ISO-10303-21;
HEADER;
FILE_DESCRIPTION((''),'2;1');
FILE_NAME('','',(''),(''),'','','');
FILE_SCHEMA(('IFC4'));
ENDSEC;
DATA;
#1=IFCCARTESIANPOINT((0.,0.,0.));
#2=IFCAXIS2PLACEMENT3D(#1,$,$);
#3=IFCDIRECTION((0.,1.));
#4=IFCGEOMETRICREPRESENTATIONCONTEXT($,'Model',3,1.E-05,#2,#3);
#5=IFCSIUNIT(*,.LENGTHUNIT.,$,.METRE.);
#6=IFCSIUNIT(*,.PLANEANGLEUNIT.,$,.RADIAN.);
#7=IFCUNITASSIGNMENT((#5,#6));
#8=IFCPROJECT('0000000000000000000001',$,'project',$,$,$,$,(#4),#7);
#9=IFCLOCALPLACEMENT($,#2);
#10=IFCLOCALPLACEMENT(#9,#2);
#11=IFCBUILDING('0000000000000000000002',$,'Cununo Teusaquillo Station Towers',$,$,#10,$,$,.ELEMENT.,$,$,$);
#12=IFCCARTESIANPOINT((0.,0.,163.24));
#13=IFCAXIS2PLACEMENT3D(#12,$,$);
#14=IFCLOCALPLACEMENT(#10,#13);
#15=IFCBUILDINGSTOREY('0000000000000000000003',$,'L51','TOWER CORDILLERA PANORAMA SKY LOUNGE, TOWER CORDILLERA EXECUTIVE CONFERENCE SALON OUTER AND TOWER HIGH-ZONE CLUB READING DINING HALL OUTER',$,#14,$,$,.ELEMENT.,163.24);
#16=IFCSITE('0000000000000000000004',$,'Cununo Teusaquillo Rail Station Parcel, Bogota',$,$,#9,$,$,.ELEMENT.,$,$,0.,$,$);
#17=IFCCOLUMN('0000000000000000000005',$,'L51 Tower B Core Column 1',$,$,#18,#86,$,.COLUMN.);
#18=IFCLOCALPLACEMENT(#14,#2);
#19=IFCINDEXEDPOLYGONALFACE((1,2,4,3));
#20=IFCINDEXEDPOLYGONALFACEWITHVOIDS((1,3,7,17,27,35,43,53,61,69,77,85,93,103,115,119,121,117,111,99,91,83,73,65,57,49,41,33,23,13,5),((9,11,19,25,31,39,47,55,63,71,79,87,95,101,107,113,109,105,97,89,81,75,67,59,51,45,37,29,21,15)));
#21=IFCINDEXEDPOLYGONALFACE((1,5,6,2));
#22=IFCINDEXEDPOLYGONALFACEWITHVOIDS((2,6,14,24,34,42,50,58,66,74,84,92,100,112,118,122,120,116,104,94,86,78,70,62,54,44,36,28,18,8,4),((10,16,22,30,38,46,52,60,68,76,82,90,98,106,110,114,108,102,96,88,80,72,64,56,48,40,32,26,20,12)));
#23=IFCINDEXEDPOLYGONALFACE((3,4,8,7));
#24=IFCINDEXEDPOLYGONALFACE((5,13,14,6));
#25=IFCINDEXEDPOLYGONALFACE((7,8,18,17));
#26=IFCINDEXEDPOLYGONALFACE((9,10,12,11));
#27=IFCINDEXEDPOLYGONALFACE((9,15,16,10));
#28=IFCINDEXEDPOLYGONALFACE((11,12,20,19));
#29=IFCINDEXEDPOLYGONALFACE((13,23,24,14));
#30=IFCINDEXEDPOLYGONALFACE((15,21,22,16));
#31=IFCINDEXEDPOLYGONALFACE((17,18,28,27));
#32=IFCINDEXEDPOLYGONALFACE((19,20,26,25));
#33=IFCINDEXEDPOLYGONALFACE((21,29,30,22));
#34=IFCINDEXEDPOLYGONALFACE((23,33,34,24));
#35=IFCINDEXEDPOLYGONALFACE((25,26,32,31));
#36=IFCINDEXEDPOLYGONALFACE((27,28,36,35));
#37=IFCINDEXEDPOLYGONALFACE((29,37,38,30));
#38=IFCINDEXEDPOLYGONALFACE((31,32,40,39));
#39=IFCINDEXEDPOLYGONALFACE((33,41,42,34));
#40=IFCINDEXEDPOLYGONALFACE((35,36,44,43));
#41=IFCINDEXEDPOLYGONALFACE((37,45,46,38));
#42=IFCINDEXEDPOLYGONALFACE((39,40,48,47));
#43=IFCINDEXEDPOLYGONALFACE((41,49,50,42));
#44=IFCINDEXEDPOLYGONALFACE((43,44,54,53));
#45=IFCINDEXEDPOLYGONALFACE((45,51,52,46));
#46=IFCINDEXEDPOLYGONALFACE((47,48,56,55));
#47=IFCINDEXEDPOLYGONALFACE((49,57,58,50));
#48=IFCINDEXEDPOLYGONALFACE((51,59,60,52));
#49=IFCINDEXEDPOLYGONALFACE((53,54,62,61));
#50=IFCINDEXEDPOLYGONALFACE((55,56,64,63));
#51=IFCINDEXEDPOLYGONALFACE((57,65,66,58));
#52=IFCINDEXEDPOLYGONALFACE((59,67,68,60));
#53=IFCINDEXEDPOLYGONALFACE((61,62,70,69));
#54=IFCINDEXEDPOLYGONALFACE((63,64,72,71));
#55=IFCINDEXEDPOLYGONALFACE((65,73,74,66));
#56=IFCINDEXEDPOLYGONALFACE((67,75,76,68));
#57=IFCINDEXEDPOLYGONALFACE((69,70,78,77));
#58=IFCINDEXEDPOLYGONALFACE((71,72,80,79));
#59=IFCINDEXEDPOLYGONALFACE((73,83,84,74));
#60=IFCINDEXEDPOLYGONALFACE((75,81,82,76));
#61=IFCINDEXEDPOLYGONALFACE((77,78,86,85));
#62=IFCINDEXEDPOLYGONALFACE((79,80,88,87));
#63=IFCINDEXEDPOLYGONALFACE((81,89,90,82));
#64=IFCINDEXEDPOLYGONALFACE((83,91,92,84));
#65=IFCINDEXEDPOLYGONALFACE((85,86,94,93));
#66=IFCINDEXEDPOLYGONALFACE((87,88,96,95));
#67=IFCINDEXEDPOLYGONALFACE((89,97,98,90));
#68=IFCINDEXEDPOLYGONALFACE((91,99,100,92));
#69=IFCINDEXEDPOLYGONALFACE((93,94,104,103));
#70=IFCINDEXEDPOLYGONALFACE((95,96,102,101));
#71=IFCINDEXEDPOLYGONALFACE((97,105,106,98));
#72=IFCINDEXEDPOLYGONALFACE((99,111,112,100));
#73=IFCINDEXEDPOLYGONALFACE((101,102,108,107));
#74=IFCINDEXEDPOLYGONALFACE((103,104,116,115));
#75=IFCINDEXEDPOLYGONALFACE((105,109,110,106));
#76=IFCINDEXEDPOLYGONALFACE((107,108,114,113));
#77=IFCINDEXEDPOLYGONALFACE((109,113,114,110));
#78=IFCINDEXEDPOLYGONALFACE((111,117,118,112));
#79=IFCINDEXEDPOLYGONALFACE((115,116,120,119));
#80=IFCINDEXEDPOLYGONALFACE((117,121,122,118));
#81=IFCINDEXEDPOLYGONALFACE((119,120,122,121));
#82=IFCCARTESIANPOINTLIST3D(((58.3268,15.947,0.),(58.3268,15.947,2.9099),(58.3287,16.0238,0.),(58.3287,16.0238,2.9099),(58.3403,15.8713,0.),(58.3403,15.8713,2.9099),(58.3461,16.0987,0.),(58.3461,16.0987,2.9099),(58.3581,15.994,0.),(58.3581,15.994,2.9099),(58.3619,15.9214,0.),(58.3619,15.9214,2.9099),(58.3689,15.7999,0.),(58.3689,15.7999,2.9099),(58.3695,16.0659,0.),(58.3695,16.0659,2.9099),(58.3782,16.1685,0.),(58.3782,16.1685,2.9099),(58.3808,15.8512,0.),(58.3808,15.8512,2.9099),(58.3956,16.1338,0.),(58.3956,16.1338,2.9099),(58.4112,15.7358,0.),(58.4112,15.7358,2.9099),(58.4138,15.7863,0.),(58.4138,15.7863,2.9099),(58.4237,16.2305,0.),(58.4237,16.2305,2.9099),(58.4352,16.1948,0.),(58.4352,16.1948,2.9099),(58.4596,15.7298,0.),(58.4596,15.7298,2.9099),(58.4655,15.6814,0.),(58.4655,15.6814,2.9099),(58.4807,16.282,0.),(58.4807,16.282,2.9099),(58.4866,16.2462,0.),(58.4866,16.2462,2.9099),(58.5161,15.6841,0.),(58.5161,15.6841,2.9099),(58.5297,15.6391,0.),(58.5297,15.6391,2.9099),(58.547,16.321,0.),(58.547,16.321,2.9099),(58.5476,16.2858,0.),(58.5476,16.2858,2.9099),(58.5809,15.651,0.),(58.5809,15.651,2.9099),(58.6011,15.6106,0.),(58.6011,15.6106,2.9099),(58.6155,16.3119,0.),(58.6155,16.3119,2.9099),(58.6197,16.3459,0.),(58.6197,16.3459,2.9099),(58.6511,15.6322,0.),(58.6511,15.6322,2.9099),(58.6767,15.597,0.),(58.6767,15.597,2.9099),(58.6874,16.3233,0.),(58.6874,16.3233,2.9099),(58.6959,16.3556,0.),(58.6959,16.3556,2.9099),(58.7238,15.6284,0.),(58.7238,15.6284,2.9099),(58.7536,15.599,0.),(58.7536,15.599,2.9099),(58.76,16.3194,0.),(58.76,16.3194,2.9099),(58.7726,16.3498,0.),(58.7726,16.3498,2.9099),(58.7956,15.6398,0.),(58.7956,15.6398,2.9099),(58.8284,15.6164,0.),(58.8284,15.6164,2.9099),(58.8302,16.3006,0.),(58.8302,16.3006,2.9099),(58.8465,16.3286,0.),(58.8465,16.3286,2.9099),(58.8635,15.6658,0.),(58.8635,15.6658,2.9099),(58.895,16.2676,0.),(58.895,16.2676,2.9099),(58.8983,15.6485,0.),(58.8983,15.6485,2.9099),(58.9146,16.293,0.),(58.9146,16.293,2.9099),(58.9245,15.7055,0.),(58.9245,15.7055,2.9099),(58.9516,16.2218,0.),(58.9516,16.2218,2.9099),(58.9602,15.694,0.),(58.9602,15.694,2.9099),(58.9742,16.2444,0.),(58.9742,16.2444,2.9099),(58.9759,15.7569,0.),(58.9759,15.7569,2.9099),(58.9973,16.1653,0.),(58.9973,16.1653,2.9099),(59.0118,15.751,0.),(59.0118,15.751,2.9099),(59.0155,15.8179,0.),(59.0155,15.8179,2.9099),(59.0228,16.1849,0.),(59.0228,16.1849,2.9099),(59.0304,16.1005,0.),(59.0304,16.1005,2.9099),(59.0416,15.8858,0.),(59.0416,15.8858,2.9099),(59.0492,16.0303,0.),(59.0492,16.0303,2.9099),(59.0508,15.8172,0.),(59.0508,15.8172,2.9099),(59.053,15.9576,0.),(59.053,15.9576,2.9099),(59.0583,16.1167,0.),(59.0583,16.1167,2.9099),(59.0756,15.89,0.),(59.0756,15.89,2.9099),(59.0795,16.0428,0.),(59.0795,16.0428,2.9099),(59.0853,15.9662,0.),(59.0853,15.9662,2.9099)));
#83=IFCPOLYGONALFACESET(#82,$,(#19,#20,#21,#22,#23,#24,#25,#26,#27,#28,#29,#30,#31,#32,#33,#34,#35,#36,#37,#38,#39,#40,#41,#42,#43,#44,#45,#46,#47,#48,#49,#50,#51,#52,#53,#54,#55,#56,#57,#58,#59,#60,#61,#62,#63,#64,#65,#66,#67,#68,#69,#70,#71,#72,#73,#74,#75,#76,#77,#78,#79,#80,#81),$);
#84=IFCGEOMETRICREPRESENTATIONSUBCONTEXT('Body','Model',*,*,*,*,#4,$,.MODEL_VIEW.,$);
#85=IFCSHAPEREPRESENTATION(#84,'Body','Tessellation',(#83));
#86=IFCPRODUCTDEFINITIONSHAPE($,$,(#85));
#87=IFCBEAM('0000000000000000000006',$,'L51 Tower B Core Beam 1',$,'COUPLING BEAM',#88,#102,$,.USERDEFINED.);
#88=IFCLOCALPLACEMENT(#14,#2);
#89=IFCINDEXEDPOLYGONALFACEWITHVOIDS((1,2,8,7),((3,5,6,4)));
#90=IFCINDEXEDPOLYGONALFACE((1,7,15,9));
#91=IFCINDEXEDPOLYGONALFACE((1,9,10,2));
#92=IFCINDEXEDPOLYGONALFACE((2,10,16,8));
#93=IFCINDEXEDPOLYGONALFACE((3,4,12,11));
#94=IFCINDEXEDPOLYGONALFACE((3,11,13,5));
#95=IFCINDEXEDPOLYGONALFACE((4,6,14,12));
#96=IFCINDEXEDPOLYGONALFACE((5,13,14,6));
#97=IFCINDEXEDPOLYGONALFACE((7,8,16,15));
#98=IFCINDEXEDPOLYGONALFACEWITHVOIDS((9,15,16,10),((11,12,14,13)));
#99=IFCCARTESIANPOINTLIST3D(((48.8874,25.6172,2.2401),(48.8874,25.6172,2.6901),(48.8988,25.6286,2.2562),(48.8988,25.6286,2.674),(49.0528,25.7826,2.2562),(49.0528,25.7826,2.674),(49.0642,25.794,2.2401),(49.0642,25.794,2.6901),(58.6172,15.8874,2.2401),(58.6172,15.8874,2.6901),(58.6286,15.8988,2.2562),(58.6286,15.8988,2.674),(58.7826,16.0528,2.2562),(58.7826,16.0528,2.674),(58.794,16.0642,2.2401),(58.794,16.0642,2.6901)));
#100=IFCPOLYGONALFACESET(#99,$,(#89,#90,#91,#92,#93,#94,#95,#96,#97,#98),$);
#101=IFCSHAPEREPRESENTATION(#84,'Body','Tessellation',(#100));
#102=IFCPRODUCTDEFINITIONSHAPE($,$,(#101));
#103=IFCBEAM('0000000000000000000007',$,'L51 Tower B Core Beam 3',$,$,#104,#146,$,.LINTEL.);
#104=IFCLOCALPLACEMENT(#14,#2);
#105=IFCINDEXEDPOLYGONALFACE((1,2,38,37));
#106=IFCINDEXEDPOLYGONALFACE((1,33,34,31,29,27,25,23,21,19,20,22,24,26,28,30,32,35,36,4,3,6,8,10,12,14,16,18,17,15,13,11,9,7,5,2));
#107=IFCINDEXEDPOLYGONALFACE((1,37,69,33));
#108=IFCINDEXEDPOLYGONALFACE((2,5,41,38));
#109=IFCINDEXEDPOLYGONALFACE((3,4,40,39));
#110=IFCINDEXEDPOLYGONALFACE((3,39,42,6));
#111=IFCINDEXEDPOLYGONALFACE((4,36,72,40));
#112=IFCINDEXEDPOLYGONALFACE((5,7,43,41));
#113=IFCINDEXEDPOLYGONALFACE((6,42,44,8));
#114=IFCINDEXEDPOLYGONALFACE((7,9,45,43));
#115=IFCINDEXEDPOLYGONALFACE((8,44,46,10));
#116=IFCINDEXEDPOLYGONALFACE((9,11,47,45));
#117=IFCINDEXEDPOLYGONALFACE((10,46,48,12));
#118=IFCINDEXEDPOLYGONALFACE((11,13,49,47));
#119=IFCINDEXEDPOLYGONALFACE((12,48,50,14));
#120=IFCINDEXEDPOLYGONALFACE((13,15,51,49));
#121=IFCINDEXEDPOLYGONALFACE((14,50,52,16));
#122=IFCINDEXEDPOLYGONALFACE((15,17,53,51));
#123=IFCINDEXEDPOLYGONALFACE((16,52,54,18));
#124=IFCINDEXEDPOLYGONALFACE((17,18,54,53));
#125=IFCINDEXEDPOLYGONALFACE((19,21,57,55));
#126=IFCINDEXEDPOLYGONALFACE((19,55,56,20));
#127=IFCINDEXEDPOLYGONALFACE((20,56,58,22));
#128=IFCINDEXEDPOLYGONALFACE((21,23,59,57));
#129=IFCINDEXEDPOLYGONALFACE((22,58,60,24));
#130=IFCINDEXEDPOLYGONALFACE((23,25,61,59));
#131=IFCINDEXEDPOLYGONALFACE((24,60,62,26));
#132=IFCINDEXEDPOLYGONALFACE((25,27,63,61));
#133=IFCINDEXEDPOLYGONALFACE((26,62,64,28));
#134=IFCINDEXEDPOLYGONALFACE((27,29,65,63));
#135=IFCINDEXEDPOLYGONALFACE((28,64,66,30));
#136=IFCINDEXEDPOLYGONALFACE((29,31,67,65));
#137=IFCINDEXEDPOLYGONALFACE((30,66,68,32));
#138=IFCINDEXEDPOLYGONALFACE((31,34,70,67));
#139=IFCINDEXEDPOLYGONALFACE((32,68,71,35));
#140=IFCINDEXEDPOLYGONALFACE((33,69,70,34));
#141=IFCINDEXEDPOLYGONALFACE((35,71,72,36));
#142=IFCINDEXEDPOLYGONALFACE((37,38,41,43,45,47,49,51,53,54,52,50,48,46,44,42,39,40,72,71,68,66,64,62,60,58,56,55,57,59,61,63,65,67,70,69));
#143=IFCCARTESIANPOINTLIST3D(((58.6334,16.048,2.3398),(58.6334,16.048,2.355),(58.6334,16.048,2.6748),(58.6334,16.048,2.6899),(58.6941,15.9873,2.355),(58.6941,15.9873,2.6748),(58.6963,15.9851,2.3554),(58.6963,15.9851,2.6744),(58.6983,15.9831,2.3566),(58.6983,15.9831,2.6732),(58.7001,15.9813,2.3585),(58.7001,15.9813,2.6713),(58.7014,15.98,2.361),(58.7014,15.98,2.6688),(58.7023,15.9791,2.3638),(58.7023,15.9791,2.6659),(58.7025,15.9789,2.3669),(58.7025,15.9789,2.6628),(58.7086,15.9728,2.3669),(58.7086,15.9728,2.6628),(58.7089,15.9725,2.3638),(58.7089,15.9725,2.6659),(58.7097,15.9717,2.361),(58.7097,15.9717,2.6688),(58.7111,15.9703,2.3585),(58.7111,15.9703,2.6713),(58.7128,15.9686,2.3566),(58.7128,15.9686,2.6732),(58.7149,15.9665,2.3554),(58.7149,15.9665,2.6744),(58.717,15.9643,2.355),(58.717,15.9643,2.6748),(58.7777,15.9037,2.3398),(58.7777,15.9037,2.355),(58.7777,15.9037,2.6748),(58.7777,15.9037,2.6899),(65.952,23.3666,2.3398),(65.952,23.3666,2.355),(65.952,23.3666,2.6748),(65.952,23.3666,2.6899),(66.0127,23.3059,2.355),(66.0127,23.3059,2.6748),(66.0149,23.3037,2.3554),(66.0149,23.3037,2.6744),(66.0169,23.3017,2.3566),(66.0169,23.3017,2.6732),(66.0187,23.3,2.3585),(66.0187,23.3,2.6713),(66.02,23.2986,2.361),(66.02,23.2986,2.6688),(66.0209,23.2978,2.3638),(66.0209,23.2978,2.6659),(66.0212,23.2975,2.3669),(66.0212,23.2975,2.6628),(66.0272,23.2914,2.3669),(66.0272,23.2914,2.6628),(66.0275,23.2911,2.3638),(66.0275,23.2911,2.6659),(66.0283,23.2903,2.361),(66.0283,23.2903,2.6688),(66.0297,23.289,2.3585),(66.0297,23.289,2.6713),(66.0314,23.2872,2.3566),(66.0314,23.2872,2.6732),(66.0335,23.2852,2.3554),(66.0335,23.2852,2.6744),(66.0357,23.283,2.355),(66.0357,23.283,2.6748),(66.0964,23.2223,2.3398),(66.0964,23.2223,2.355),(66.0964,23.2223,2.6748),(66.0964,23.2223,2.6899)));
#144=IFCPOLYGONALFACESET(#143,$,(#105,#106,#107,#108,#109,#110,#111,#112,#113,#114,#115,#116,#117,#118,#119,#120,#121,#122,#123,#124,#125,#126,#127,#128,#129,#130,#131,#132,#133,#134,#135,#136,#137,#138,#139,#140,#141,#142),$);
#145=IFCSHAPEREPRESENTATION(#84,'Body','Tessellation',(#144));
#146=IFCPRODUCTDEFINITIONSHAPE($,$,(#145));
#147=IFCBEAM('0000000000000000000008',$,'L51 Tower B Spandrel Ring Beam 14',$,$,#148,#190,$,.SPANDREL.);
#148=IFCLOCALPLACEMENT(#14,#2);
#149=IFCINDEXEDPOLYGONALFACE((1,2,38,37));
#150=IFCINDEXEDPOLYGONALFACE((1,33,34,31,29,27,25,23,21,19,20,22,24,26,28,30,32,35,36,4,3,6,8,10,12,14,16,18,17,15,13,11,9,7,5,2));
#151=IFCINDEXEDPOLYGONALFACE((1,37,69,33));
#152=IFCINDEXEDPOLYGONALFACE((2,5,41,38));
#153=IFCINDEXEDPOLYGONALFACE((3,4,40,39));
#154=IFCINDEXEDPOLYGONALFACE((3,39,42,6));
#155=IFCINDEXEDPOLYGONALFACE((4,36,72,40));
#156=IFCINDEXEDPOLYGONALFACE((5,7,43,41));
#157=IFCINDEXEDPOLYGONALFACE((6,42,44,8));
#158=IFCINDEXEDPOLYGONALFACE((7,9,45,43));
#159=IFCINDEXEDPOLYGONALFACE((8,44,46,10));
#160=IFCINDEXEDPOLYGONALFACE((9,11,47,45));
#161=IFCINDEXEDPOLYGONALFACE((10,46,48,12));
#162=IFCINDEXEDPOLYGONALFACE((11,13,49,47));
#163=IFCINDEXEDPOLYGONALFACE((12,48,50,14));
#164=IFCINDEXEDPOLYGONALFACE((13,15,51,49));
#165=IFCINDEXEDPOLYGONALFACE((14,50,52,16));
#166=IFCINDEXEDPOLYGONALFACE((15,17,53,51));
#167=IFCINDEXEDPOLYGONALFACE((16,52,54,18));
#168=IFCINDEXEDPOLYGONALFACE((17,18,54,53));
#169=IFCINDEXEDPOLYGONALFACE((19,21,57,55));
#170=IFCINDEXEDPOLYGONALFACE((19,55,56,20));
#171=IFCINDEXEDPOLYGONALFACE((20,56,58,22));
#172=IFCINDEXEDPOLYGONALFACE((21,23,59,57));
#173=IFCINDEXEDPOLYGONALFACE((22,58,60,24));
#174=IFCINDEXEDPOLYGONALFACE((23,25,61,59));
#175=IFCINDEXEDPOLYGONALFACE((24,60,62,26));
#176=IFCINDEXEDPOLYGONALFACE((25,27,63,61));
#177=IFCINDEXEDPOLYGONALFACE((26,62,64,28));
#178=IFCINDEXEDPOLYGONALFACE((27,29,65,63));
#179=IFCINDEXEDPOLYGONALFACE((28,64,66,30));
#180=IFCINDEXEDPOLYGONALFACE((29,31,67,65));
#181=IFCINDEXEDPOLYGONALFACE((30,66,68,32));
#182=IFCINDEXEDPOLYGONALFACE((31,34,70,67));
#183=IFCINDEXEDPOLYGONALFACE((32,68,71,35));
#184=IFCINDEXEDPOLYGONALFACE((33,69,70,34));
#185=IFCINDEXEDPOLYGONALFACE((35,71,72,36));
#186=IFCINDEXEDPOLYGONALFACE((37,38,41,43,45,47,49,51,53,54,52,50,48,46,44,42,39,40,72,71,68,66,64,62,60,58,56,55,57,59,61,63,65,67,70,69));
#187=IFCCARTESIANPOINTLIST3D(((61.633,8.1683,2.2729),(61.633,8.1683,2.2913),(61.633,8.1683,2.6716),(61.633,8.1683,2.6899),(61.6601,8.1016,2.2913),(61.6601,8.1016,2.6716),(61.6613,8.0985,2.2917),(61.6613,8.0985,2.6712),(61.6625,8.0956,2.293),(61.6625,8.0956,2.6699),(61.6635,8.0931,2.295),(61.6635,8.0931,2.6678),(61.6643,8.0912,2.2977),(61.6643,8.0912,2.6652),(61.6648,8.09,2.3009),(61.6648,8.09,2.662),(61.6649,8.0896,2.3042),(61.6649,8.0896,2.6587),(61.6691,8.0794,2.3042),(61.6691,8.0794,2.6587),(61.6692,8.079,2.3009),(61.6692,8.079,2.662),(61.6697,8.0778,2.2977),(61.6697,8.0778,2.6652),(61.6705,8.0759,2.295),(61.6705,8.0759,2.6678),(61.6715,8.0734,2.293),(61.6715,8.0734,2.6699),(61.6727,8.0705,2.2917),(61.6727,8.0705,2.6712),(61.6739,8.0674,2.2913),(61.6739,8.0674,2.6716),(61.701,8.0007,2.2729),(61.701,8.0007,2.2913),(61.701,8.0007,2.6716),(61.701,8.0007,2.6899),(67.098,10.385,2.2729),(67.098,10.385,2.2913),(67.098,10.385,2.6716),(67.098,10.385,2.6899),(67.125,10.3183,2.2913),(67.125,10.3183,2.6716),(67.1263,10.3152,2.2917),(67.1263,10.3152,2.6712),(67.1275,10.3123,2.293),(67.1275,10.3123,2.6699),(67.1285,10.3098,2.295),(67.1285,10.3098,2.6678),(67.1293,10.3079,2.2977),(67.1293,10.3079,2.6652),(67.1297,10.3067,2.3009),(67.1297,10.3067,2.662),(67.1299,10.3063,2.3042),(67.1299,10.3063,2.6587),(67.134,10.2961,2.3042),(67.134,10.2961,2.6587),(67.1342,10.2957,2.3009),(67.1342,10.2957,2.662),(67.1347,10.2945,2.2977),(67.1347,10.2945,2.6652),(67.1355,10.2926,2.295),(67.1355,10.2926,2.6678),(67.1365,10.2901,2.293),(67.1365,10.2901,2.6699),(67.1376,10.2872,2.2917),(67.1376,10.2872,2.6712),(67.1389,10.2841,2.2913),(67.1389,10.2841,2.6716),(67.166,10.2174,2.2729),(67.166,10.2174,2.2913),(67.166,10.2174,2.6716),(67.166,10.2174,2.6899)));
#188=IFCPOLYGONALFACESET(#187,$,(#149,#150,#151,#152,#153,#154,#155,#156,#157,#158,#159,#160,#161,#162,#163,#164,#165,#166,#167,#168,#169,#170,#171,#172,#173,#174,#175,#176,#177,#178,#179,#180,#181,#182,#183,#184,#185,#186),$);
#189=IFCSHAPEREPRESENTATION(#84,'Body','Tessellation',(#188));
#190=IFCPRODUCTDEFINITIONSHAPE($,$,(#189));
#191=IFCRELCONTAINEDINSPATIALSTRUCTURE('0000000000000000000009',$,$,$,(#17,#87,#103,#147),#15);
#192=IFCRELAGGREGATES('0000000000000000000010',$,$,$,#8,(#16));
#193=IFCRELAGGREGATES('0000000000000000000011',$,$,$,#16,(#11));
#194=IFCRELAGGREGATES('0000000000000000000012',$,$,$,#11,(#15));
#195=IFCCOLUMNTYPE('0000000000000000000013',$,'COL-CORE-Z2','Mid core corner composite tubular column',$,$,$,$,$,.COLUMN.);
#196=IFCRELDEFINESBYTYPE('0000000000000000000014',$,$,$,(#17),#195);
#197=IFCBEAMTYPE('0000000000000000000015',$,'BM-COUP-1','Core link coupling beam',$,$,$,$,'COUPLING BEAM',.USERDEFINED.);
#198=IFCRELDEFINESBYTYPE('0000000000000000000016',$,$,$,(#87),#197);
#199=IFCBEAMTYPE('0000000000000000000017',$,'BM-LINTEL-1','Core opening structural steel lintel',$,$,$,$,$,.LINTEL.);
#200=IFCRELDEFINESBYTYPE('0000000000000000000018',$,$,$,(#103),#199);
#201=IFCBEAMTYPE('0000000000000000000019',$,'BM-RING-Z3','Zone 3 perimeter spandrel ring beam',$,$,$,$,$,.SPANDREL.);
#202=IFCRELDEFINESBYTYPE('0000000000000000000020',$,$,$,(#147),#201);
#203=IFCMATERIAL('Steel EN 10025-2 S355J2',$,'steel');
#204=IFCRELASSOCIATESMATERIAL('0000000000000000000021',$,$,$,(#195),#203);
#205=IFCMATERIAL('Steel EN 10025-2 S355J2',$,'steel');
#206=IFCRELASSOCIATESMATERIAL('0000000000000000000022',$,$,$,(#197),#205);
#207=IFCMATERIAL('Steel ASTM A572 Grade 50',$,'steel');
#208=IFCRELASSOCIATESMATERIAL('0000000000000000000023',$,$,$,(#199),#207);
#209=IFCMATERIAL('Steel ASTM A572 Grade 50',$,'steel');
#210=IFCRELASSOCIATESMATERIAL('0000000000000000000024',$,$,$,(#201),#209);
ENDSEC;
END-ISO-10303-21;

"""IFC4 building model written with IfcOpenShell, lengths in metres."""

from ifc_helpers import new_model, si_unit, direction, frame, origin, origin_2d, place, context, subcontext, project, spatial, hollow_rectangle, hollow_circle, i_section, extrude, material, material_profile, profile_set, type_object, element, save


model = new_model("IFC4")

# Units and contexts
model_context = context("Model", 3, precision=1e-05, world=origin(), true_north=direction((0.0, 1.0)))
body_context = subcontext(model_context, "Body", "Model", "MODEL_VIEW")
ifc_project = project(units=[si_unit("LENGTHUNIT", "METRE"), si_unit("PLANEANGLEUNIT", "RADIAN")], contexts=[model_context])

# Site, building, storey
site_placement = place(None, origin())
site = spatial("IfcSite", under=ifc_project, at=site_placement, Name="Cununo Teusaquillo Rail Station Parcel, Bogota", CompositionType="ELEMENT", RefElevation=0.0)
building_placement = place(site_placement, origin())
building = spatial("IfcBuilding", under=site, at=building_placement, Name="Cununo Teusaquillo Station Towers", CompositionType="ELEMENT")
storey_placement = place(building_placement, frame((0.0, 0.0, 163.24)))
storey = spatial("IfcBuildingStorey", under=building, at=storey_placement, Name="L51", Description="TOWER CORDILLERA PANORAMA SKY LOUNGE, TOWER CORDILLERA EXECUTIVE CONFERENCE SALON OUTER AND TOWER HIGH-ZONE CLUB READING DINING HALL OUTER", CompositionType="ELEMENT", Elevation=163.24)

# Column
ifc_material_1 = material(Name="Steel EN 10025-2 S355J2", Category="steel")
ifc_material_profile_1 = material_profile(ifc_material_1, hollow_circle(Radius=0.3799, WallThickness=0.032, at=origin_2d()), Name="CHS 760x32")
ifc_profile_set_1 = profile_set([ifc_material_profile_1], Name="Steel EN 10025-2 S355J2")
column_type = type_object("IfcColumnType", Name="COL-CORE-Z2", Description="Mid core corner composite tubular column", PredefinedType="COLUMN", material=ifc_profile_set_1)
column_placement = place(storey_placement, frame((58.7056, 15.9758, 0.0), z_axis=(0.0, 0.0, 1.0), x_axis=(0.707107, 0.707107, 0.0)))
element("IfcColumn", 1, at=column_placement, inside=storey, type_object=column_type, Name="L51 Tower B Core Column 1", PredefinedType="COLUMN", context=body_context, shape_type="SweptSolid", body=[
    extrude(hollow_circle(Radius=0.3799, WallThickness=0.032, at=origin_2d()), origin(), (0.0, 0.0, 1.0), 2.9099),
])

# Beams
ifc_material_2 = material(Name="Steel EN 10025-2 S355J2", Category="steel")
ifc_material_profile_2 = material_profile(ifc_material_2, hollow_rectangle(XDim=0.25, YDim=0.45, WallThickness=0.0161, at=origin_2d()), Name="RHS 450x250x16")
ifc_profile_set_2 = profile_set([ifc_material_profile_2], Name="Steel EN 10025-2 S355J2")
beam_type_1 = type_object("IfcBeamType", Name="BM-COUP-1", Description="Core link coupling beam", ElementType="COUPLING BEAM", PredefinedType="USERDEFINED", material=ifc_profile_set_2)
beam_1_placement = place(storey_placement, frame((58.7056, 15.9758, 2.4651), z_axis=(-0.707107, 0.707107, 0.0), x_axis=(-0.707107, -0.707107, 0.0)))
element("IfcBeam", 2, at=beam_1_placement, inside=storey, type_object=beam_type_1, Name="L51 Tower B Core Beam 1", ObjectType="COUPLING BEAM", PredefinedType="USERDEFINED", context=body_context, shape_type="SweptSolid", body=[
    extrude(hollow_rectangle(XDim=0.25, YDim=0.45, WallThickness=0.0161, at=origin_2d()), origin(), (0.0, 0.0, 1.0), 13.76),
])
ifc_material_3 = material(Name="Steel ASTM A572 Grade 50", Category="steel")
ifc_material_profile_3 = material_profile(ifc_material_3, i_section(OverallWidth=0.2041, OverallDepth=0.3501, WebThickness=0.0085, FlangeThickness=0.0151, FilletRadius=0.012, at=origin_2d()), Name="W14X48")
ifc_profile_set_3 = profile_set([ifc_material_profile_3], Name="Steel ASTM A572 Grade 50")
beam_type_2 = type_object("IfcBeamType", Name="BM-LINTEL-1", Description="Core opening structural steel lintel", PredefinedType="LINTEL", material=ifc_profile_set_3)
beam_2_placement = place(storey_placement, frame((58.7056, 15.9758, 2.5149), z_axis=(0.707107, 0.707107, 0.0), x_axis=(-0.707107, 0.707107, 0.0)))
element("IfcBeam", 3, at=beam_2_placement, inside=storey, type_object=beam_type_2, Name="L51 Tower B Core Beam 3", PredefinedType="LINTEL", context=body_context, shape_type="SweptSolid", body=[
    extrude(i_section(OverallWidth=0.2041, OverallDepth=0.3501, WebThickness=0.0085, FlangeThickness=0.0151, FilletRadius=0.012, at=origin_2d()), origin(), (0.0, 0.0, 1.0), 10.3501),
])
ifc_material_4 = material(Name="Steel ASTM A572 Grade 50", Category="steel")
ifc_material_profile_4 = material_profile(ifc_material_4, i_section(OverallWidth=0.1809, OverallDepth=0.417, WebThickness=0.011, FlangeThickness=0.0183, FilletRadius=0.0129, at=origin_2d()), Name="W16X57")
ifc_profile_set_4 = profile_set([ifc_material_profile_4], Name="Steel ASTM A572 Grade 50")
beam_type_3 = type_object("IfcBeamType", Name="BM-RING-Z3", Description="Zone 3 perimeter spandrel ring beam", PredefinedType="SPANDREL", material=ifc_profile_set_4)
beam_3_placement = place(storey_placement, frame((61.667, 8.0845, 2.4814), z_axis=(0.926667, 0.375883, 0.0), x_axis=(-0.375883, 0.926667, 0.0)))
element("IfcBeam", 4, at=beam_3_placement, inside=storey, type_object=beam_type_3, Name="L51 Tower B Spandrel Ring Beam 14", PredefinedType="SPANDREL", context=body_context, shape_type="SweptSolid", body=[
    extrude(i_section(OverallWidth=0.1809, OverallDepth=0.417, WebThickness=0.011, FlangeThickness=0.0183, FilletRadius=0.0129, at=origin_2d()), origin(), (0.0, 0.0, 1.0), 5.8975),
])

save(model, "model.ifc")
